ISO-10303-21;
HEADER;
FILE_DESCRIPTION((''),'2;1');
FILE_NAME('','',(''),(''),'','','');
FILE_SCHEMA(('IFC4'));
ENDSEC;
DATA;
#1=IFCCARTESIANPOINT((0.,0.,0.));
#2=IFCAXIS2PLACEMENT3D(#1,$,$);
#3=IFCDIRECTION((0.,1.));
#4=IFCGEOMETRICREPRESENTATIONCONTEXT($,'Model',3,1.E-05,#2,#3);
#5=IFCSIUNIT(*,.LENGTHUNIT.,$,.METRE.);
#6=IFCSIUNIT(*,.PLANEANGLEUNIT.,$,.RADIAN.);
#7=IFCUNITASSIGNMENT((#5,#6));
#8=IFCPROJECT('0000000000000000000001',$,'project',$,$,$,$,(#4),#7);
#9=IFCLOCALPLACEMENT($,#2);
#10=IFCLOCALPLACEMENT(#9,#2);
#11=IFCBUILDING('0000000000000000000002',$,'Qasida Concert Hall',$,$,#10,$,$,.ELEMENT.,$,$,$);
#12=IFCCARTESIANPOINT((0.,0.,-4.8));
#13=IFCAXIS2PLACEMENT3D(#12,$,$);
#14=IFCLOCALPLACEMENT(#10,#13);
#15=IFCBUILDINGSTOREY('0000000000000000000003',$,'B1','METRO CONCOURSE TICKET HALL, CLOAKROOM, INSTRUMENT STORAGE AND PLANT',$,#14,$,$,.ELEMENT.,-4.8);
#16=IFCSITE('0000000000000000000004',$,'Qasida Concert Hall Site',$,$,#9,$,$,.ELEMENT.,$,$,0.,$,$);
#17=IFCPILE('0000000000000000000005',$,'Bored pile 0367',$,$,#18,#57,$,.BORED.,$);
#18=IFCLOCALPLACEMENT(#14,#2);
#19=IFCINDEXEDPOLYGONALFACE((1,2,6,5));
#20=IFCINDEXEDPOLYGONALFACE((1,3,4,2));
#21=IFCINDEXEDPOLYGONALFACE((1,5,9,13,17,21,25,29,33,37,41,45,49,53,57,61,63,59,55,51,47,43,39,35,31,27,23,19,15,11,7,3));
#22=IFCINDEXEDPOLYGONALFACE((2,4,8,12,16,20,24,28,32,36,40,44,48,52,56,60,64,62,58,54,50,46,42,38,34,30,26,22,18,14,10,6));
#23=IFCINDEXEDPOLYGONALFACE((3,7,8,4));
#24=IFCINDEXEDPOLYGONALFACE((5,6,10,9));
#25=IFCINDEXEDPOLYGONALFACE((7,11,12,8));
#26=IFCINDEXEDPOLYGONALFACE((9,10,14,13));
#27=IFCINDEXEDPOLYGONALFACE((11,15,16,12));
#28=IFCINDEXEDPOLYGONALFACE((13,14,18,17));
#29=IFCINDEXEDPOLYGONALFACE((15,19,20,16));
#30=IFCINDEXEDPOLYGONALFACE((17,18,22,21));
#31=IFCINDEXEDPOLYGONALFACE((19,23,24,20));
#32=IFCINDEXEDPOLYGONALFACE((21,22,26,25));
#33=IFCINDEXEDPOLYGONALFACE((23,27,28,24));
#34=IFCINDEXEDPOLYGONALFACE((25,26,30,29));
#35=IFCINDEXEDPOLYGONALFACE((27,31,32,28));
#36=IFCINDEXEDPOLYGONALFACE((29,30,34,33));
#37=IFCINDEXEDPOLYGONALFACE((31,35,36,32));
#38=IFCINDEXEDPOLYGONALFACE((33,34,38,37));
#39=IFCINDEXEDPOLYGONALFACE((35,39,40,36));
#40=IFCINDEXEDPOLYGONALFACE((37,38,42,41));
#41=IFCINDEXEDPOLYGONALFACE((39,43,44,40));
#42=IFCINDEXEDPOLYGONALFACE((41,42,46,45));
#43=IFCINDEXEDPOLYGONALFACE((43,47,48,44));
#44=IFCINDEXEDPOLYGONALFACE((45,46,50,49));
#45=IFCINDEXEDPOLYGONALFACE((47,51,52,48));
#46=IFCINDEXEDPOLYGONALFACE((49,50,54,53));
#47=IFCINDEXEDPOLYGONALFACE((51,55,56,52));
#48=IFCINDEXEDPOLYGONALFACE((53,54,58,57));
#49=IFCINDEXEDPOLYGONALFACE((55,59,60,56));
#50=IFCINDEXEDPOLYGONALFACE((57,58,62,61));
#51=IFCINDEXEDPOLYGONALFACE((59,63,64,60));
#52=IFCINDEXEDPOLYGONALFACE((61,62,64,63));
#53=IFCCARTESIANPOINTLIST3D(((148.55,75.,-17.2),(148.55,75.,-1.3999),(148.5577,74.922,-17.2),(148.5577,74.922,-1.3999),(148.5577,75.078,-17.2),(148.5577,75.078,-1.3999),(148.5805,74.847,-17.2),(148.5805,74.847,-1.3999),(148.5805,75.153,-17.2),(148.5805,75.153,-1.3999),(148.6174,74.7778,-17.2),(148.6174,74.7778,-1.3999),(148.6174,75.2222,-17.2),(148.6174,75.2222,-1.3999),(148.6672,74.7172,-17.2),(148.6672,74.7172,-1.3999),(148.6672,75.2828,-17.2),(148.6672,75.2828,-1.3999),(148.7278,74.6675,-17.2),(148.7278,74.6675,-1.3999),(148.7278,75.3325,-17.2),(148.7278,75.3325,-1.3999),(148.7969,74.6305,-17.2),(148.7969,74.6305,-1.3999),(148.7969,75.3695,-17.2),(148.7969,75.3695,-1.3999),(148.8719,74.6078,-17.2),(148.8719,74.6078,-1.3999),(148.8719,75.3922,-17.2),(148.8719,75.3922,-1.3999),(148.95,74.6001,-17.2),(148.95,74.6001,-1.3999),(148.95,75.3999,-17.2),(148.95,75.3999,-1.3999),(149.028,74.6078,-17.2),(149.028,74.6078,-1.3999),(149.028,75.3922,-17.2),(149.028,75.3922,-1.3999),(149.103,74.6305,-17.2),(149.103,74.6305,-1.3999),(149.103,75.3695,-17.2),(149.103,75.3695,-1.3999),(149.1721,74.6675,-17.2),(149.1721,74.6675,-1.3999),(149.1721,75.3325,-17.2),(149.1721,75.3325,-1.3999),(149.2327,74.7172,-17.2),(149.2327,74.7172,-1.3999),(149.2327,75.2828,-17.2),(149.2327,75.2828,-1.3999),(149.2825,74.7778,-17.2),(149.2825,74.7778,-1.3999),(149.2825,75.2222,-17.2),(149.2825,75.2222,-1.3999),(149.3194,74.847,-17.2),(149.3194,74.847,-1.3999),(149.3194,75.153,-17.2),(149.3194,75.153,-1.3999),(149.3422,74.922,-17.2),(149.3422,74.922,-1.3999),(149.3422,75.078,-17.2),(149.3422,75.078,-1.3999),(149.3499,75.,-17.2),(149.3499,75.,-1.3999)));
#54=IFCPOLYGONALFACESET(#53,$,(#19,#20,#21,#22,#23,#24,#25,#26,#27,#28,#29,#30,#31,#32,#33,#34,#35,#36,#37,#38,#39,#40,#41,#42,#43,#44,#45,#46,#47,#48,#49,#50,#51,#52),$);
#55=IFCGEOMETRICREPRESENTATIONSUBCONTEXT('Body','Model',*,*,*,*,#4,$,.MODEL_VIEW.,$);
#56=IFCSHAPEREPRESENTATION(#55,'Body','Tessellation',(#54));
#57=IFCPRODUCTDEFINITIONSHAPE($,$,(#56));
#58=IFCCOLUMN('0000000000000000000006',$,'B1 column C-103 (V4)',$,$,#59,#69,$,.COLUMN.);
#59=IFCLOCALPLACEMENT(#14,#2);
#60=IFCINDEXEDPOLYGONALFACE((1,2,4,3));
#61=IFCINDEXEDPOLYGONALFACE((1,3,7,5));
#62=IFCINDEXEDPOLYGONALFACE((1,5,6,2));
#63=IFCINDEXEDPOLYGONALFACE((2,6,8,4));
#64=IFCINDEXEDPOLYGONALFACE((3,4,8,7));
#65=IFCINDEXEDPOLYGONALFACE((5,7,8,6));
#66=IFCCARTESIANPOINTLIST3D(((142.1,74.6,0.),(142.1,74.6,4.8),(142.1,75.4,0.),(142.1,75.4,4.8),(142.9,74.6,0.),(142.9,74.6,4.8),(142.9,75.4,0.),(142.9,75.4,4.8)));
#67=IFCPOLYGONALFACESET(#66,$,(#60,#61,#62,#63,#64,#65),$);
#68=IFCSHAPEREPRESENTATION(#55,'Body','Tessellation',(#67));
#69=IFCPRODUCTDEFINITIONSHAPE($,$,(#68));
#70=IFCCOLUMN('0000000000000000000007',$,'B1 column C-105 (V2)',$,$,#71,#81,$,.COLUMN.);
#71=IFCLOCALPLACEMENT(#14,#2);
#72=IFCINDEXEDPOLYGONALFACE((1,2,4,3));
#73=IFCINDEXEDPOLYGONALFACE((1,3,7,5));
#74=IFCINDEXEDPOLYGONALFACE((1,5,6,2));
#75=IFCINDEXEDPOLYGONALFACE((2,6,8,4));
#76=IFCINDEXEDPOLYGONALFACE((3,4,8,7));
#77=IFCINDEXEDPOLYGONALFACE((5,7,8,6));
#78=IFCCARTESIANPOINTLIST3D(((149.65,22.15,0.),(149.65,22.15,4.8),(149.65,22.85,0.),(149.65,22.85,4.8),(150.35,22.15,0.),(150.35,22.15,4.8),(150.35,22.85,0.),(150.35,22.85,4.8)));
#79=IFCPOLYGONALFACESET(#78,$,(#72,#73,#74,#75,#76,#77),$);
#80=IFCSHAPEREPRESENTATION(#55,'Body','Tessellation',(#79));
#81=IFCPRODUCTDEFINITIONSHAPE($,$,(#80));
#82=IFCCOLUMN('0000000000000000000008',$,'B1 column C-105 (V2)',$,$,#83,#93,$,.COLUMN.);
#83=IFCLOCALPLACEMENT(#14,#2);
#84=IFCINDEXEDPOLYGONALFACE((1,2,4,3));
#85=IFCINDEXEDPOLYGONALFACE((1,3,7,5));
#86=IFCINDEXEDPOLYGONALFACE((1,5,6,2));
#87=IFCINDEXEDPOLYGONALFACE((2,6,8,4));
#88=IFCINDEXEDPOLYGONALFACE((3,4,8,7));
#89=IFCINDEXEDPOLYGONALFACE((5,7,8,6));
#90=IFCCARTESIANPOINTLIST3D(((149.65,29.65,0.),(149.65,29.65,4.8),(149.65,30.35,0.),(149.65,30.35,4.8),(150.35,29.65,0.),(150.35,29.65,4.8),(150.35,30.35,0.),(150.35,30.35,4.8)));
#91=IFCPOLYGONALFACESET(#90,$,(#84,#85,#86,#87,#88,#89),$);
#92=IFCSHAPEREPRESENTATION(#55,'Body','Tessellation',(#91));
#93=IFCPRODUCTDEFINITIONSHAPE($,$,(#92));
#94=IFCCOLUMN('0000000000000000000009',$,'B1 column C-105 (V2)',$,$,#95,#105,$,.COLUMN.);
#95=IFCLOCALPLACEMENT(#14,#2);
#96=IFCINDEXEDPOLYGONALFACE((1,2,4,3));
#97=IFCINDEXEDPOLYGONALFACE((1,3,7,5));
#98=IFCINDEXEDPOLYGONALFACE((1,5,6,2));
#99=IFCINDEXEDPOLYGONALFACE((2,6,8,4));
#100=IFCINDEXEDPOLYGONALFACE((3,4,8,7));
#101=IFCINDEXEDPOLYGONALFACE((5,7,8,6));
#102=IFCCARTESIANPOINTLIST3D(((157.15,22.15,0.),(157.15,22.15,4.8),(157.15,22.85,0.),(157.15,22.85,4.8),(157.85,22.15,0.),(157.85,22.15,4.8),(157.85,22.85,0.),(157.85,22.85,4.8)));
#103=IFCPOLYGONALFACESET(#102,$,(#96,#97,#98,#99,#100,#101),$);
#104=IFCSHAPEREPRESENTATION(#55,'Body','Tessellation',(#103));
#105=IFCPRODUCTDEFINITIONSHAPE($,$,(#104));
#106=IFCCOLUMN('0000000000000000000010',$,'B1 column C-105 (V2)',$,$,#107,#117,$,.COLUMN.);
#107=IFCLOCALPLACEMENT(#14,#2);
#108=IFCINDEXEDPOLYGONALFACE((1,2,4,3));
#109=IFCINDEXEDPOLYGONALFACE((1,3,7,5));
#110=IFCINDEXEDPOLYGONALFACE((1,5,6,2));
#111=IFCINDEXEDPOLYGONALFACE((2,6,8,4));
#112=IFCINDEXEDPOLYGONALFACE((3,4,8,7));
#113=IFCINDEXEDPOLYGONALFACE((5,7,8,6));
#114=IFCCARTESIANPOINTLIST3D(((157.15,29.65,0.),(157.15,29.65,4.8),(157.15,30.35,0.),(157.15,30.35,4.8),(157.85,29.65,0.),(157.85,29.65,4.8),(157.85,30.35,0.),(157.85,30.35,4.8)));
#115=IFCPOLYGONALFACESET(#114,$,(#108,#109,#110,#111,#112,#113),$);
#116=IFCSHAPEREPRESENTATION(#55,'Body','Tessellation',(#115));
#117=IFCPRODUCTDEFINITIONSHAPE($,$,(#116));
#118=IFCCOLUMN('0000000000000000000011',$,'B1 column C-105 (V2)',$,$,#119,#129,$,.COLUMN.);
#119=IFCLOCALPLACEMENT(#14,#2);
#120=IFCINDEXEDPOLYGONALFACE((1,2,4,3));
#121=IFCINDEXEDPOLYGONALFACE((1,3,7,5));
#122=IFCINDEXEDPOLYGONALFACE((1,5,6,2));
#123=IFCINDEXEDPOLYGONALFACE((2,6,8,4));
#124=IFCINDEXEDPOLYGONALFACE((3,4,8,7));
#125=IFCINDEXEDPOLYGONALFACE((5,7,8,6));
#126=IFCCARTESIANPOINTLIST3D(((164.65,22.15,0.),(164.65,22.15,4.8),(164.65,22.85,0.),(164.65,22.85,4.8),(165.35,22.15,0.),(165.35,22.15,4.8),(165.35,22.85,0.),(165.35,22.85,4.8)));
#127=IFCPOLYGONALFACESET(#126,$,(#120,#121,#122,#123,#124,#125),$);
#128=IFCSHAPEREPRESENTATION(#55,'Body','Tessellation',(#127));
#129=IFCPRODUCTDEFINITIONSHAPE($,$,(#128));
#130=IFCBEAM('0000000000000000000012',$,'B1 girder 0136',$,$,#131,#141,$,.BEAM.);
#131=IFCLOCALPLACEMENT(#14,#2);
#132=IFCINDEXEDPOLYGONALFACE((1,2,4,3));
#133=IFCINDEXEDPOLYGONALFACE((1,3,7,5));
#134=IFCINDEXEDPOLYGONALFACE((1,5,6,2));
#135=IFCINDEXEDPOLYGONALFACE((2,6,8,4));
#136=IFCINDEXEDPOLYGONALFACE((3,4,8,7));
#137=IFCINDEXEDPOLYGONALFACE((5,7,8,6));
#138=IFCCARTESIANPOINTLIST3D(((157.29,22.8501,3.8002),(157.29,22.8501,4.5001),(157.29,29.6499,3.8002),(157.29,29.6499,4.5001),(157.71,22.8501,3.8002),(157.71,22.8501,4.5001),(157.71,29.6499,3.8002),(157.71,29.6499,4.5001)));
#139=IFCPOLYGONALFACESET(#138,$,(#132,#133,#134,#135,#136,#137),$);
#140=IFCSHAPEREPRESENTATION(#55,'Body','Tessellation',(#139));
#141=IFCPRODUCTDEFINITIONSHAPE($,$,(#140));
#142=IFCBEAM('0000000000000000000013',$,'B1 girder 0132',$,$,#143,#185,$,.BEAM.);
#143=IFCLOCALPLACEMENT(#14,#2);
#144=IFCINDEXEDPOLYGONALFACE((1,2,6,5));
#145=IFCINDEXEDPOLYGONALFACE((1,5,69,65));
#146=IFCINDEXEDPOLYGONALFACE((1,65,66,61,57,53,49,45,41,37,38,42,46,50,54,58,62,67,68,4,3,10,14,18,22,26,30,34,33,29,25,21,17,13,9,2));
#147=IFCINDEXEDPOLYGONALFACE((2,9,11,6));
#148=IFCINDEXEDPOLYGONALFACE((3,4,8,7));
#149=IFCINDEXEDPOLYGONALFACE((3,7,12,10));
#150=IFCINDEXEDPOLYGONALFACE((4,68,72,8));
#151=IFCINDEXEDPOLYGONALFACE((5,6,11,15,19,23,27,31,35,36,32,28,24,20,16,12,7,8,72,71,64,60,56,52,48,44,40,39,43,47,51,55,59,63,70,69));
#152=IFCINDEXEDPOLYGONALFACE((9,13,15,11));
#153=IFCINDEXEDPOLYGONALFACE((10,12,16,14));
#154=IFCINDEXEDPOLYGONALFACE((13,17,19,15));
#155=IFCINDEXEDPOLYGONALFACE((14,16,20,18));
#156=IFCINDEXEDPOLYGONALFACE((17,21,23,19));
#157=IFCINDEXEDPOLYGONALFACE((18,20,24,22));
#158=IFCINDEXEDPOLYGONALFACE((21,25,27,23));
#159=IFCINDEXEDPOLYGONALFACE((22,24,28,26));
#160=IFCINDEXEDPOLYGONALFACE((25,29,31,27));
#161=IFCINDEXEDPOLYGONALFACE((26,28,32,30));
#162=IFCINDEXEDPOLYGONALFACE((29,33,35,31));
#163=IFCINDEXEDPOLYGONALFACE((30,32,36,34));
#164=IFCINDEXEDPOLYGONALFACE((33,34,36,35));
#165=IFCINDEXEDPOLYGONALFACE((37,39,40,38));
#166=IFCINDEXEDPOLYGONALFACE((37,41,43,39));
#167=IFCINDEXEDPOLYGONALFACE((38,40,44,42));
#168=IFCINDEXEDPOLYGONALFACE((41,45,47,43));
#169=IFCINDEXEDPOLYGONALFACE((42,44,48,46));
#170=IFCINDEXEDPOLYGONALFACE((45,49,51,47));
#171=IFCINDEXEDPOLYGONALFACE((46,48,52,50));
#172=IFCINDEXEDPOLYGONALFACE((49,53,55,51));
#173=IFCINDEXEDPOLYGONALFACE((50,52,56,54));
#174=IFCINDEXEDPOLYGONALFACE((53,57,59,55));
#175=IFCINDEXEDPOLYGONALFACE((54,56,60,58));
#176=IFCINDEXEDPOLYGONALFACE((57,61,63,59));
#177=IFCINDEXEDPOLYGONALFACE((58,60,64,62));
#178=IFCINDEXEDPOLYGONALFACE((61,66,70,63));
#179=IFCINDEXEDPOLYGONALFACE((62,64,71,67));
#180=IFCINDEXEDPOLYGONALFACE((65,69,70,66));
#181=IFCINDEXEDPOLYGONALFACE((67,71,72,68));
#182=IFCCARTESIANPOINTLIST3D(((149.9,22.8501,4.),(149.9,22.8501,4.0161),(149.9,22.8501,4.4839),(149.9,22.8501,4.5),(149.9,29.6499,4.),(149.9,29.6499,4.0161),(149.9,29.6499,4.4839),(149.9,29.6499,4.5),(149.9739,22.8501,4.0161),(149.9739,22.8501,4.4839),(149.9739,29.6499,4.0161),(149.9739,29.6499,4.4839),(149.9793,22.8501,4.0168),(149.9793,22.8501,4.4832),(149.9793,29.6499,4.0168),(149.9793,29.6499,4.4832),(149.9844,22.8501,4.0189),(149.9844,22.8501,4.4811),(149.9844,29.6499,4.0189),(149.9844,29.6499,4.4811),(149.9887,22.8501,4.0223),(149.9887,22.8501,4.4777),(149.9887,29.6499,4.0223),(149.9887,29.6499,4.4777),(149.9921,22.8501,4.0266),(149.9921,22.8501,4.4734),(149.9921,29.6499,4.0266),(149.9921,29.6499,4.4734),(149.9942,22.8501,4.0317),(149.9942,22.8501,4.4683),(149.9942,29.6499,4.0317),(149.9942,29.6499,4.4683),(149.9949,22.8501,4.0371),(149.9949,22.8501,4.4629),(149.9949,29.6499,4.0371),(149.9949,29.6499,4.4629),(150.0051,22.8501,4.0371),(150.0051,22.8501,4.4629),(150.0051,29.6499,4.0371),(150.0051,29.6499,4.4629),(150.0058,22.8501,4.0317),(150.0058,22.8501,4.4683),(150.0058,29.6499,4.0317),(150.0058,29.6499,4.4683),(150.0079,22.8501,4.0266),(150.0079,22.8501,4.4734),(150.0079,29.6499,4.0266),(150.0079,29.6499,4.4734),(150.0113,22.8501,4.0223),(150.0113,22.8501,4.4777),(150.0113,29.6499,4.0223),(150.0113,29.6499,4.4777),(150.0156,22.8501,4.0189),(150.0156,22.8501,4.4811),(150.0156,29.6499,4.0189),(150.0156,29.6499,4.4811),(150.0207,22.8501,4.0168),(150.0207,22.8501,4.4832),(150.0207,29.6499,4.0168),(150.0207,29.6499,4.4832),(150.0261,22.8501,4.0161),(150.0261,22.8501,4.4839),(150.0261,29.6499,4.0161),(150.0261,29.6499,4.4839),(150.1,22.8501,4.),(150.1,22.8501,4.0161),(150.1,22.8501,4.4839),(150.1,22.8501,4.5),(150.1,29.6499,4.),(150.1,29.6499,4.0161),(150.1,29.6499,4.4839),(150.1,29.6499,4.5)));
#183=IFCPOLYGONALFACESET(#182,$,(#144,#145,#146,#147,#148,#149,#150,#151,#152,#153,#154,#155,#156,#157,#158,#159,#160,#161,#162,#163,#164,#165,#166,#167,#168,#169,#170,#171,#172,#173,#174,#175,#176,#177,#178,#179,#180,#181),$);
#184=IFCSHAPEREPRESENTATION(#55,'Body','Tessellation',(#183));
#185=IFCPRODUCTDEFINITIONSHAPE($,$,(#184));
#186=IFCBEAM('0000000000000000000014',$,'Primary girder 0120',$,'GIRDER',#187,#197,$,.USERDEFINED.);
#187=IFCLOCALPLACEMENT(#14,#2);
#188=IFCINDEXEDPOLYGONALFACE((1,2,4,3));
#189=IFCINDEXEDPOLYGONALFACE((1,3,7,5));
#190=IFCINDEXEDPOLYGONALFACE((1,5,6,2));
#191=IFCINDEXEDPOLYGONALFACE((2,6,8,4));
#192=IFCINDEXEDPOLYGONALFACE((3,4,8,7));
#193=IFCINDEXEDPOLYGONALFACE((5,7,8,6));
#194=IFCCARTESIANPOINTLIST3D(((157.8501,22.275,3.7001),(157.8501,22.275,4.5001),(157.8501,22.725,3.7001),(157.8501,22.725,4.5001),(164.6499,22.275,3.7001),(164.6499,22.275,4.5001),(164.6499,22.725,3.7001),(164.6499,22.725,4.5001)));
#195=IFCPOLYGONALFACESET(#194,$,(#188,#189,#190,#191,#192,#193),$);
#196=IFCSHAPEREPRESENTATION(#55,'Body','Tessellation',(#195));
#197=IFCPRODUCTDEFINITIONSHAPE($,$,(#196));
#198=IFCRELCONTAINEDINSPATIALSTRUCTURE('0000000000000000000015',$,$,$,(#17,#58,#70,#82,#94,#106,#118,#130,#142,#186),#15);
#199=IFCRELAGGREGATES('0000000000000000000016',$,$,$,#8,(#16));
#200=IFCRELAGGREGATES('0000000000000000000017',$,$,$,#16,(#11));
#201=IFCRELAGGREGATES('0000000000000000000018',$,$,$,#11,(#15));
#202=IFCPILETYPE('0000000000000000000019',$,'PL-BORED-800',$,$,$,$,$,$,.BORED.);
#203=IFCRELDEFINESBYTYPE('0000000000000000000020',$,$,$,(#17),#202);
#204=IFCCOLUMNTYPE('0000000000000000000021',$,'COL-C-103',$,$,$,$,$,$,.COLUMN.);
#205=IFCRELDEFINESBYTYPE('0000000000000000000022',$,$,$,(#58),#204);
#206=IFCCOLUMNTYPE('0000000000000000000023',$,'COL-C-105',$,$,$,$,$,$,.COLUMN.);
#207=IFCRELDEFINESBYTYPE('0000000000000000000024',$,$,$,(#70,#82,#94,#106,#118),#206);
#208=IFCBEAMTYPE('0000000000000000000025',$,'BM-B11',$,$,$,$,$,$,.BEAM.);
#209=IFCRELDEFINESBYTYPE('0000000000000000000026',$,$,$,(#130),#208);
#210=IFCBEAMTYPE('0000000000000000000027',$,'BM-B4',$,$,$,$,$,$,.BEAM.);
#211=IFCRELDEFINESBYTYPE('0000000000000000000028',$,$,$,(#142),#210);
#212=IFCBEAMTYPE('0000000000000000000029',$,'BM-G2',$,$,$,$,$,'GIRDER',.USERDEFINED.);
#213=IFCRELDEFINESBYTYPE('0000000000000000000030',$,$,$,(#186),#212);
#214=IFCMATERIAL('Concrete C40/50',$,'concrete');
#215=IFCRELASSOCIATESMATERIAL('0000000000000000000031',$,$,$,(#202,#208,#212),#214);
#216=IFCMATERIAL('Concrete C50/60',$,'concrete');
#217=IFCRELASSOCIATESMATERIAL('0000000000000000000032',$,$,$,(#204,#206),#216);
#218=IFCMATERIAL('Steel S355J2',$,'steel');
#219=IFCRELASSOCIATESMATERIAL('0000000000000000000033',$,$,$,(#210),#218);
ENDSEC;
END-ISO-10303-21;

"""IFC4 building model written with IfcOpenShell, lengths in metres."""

from ifc_helpers import new_model, si_unit, direction, frame, origin, origin_2d, place, context, subcontext, project, spatial, rectangle, circle, i_section, extrude, material, material_profile, profile_set, type_object, element, save


model = new_model("IFC4")

# Units and contexts
model_context = context("Model", 3, precision=1e-05, world=origin(), true_north=direction((0.0, 1.0)))
body_context = subcontext(model_context, "Body", "Model", "MODEL_VIEW")
ifc_project = project(units=[si_unit("LENGTHUNIT", "METRE"), si_unit("PLANEANGLEUNIT", "RADIAN")], contexts=[model_context])

# Site, building, storey
site_placement = place(None, origin())
site = spatial("IfcSite", under=ifc_project, at=site_placement, Name="Qasida Concert Hall Site", CompositionType="ELEMENT", RefElevation=0.0)
building_placement = place(site_placement, origin())
building = spatial("IfcBuilding", under=site, at=building_placement, Name="Qasida Concert Hall", CompositionType="ELEMENT")
storey_placement = place(building_placement, frame((0.0, 0.0, -4.8)))
storey = spatial("IfcBuildingStorey", under=building, at=storey_placement, Name="B1", Description="METRO CONCOURSE TICKET HALL, CLOAKROOM, INSTRUMENT STORAGE AND PLANT", CompositionType="ELEMENT", Elevation=-4.8)

# Shared definitions
ifc_material_1 = material(Name="Concrete C40/50", Category="concrete")

# Pile
ifc_material_profile_1 = material_profile(ifc_material_1, circle(Radius=0.3999, at=origin_2d()), Name="BORED PILE D800")
ifc_profile_set_1 = profile_set([ifc_material_profile_1], Name="Concrete C40/50")
pile_type = type_object("IfcPileType", Name="PL-BORED-800", PredefinedType="BORED", material=ifc_profile_set_1)
for number, where, z_axis, x_axis, name in (
    (1, (148.95, 75.0, -1.3999), (0.0, 0.0, -1.0), (1.0, 0.0, 0.0), "Bored pile 0367"),
):
    element("IfcPile", number, at=place(storey_placement, frame(where, z_axis=z_axis, x_axis=x_axis)), inside=storey, type_object=pile_type, Name=name, PredefinedType="BORED", context=body_context, shape_type="SweptSolid", body=[
        extrude(circle(Radius=0.3999, at=origin_2d()), origin(), (0.0, 0.0, 1.0), 15.8),
    ])

# Columns
ifc_material_2 = material(Name="Concrete C50/60", Category="concrete")
ifc_material_profile_2 = material_profile(ifc_material_2, rectangle(XDim=0.8, YDim=0.8, at=origin_2d()), Name="RC 800x800")
ifc_profile_set_2 = profile_set([ifc_material_profile_2], Name="Concrete C50/60")
column_type_1 = type_object("IfcColumnType", Name="COL-C-103", PredefinedType="COLUMN", material=ifc_profile_set_2)
column_placement = place(storey_placement, frame((142.5, 75.0, 0.0), z_axis=(0.0, 0.0, 1.0), x_axis=(1.0, 0.0, 0.0)))
element("IfcColumn", 2, at=column_placement, inside=storey, type_object=column_type_1, Name="B1 column C-103 (V4)", PredefinedType="COLUMN", context=body_context, shape_type="SweptSolid", body=[
    extrude(rectangle(XDim=0.8, YDim=0.8, at=origin_2d()), origin(), (0.0, 0.0, 1.0), 4.8),
])
ifc_material_profile_3 = material_profile(ifc_material_2, rectangle(XDim=0.7, YDim=0.7, at=origin_2d()), Name="RC 700x700")
ifc_profile_set_3 = profile_set([ifc_material_profile_3], Name="Concrete C50/60")
column_type_2 = type_object("IfcColumnType", Name="COL-C-105", PredefinedType="COLUMN", material=ifc_profile_set_3)
for number, where, z_axis, x_axis, name in (
    (3, (150.0, 22.5, 0.0), (0.0, 0.0, 1.0), (1.0, 0.0, 0.0), "B1 column C-105 (V2)"),
    (4, (150.0, 30.0, 0.0), (0.0, 0.0, 1.0), (1.0, 0.0, 0.0), "B1 column C-105 (V2)"),
    (5, (157.5, 22.5, 0.0), (0.0, 0.0, 1.0), (1.0, 0.0, 0.0), "B1 column C-105 (V2)"),
    (6, (157.5, 30.0, 0.0), (0.0, 0.0, 1.0), (1.0, 0.0, 0.0), "B1 column C-105 (V2)"),
    (7, (165.0, 22.5, 0.0), (0.0, 0.0, 1.0), (1.0, 0.0, 0.0), "B1 column C-105 (V2)"),
):
    element("IfcColumn", number, at=place(storey_placement, frame(where, z_axis=z_axis, x_axis=x_axis)), inside=storey, type_object=column_type_2, Name=name, PredefinedType="COLUMN", context=body_context, shape_type="SweptSolid", body=[
        extrude(rectangle(XDim=0.7, YDim=0.7, at=origin_2d()), origin(), (0.0, 0.0, 1.0), 4.8),
    ])

# Beams
ifc_material_profile_4 = material_profile(ifc_material_1, rectangle(XDim=0.4199, YDim=0.7, at=origin_2d()), Name="RC 420x700")
ifc_profile_set_4 = profile_set([ifc_material_profile_4], Name="Concrete C40/50")
beam_type_1 = type_object("IfcBeamType", Name="BM-B11", PredefinedType="BEAM", material=ifc_profile_set_4)
beam_1_placement = place(storey_placement, frame((157.5, 22.8501, 4.1501), z_axis=(0.0, 1.0, 0.0), x_axis=(-1.0, 0.0, 0.0)))
element("IfcBeam", 8, at=beam_1_placement, inside=storey, type_object=beam_type_1, Name="B1 girder 0136", PredefinedType="BEAM", context=body_context, shape_type="SweptSolid", body=[
    extrude(rectangle(XDim=0.4199, YDim=0.7, at=origin_2d()), origin(), (0.0, 0.0, 1.0), 6.7998),
])
ifc_material_3 = material(Name="Steel S355J2", Category="steel")
ifc_material_profile_5 = material_profile(ifc_material_3, i_section(OverallWidth=0.2, OverallDepth=0.5, WebThickness=0.0103, FlangeThickness=0.0161, FilletRadius=0.021, at=origin_2d()), Name="IPE 500")
ifc_profile_set_5 = profile_set([ifc_material_profile_5], Name="Steel S355J2")
beam_type_2 = type_object("IfcBeamType", Name="BM-B4", PredefinedType="BEAM", material=ifc_profile_set_5)
beam_2_placement = place(storey_placement, frame((150.0, 22.8501, 4.25), z_axis=(0.0, 1.0, 0.0), x_axis=(-1.0, 0.0, 0.0)))
element("IfcBeam", 9, at=beam_2_placement, inside=storey, type_object=beam_type_2, Name="B1 girder 0132", PredefinedType="BEAM", context=body_context, shape_type="SweptSolid", body=[
    extrude(i_section(OverallWidth=0.2, OverallDepth=0.5, WebThickness=0.0103, FlangeThickness=0.0161, FilletRadius=0.021, at=origin_2d()), origin(), (0.0, 0.0, 1.0), 6.7998),
])
ifc_material_profile_6 = material_profile(ifc_material_1, rectangle(XDim=0.45, YDim=0.8, at=origin_2d()), Name="RC 450x800")
ifc_profile_set_6 = profile_set([ifc_material_profile_6], Name="Concrete C40/50")
beam_type_3 = type_object("IfcBeamType", Name="BM-G2", ElementType="GIRDER", PredefinedType="USERDEFINED", material=ifc_profile_set_6)
beam_3_placement = place(storey_placement, frame((157.8501, 22.5, 4.1001), z_axis=(1.0, 0.0, 0.0), x_axis=(0.0, 1.0, 0.0)))
element("IfcBeam", 10, at=beam_3_placement, inside=storey, type_object=beam_type_3, Name="Primary girder 0120", ObjectType="GIRDER", PredefinedType="USERDEFINED", context=body_context, shape_type="SweptSolid", body=[
    extrude(rectangle(XDim=0.45, YDim=0.8, at=origin_2d()), origin(), (0.0, 0.0, 1.0), 6.7998),
])

save(model, "model.ifc")
